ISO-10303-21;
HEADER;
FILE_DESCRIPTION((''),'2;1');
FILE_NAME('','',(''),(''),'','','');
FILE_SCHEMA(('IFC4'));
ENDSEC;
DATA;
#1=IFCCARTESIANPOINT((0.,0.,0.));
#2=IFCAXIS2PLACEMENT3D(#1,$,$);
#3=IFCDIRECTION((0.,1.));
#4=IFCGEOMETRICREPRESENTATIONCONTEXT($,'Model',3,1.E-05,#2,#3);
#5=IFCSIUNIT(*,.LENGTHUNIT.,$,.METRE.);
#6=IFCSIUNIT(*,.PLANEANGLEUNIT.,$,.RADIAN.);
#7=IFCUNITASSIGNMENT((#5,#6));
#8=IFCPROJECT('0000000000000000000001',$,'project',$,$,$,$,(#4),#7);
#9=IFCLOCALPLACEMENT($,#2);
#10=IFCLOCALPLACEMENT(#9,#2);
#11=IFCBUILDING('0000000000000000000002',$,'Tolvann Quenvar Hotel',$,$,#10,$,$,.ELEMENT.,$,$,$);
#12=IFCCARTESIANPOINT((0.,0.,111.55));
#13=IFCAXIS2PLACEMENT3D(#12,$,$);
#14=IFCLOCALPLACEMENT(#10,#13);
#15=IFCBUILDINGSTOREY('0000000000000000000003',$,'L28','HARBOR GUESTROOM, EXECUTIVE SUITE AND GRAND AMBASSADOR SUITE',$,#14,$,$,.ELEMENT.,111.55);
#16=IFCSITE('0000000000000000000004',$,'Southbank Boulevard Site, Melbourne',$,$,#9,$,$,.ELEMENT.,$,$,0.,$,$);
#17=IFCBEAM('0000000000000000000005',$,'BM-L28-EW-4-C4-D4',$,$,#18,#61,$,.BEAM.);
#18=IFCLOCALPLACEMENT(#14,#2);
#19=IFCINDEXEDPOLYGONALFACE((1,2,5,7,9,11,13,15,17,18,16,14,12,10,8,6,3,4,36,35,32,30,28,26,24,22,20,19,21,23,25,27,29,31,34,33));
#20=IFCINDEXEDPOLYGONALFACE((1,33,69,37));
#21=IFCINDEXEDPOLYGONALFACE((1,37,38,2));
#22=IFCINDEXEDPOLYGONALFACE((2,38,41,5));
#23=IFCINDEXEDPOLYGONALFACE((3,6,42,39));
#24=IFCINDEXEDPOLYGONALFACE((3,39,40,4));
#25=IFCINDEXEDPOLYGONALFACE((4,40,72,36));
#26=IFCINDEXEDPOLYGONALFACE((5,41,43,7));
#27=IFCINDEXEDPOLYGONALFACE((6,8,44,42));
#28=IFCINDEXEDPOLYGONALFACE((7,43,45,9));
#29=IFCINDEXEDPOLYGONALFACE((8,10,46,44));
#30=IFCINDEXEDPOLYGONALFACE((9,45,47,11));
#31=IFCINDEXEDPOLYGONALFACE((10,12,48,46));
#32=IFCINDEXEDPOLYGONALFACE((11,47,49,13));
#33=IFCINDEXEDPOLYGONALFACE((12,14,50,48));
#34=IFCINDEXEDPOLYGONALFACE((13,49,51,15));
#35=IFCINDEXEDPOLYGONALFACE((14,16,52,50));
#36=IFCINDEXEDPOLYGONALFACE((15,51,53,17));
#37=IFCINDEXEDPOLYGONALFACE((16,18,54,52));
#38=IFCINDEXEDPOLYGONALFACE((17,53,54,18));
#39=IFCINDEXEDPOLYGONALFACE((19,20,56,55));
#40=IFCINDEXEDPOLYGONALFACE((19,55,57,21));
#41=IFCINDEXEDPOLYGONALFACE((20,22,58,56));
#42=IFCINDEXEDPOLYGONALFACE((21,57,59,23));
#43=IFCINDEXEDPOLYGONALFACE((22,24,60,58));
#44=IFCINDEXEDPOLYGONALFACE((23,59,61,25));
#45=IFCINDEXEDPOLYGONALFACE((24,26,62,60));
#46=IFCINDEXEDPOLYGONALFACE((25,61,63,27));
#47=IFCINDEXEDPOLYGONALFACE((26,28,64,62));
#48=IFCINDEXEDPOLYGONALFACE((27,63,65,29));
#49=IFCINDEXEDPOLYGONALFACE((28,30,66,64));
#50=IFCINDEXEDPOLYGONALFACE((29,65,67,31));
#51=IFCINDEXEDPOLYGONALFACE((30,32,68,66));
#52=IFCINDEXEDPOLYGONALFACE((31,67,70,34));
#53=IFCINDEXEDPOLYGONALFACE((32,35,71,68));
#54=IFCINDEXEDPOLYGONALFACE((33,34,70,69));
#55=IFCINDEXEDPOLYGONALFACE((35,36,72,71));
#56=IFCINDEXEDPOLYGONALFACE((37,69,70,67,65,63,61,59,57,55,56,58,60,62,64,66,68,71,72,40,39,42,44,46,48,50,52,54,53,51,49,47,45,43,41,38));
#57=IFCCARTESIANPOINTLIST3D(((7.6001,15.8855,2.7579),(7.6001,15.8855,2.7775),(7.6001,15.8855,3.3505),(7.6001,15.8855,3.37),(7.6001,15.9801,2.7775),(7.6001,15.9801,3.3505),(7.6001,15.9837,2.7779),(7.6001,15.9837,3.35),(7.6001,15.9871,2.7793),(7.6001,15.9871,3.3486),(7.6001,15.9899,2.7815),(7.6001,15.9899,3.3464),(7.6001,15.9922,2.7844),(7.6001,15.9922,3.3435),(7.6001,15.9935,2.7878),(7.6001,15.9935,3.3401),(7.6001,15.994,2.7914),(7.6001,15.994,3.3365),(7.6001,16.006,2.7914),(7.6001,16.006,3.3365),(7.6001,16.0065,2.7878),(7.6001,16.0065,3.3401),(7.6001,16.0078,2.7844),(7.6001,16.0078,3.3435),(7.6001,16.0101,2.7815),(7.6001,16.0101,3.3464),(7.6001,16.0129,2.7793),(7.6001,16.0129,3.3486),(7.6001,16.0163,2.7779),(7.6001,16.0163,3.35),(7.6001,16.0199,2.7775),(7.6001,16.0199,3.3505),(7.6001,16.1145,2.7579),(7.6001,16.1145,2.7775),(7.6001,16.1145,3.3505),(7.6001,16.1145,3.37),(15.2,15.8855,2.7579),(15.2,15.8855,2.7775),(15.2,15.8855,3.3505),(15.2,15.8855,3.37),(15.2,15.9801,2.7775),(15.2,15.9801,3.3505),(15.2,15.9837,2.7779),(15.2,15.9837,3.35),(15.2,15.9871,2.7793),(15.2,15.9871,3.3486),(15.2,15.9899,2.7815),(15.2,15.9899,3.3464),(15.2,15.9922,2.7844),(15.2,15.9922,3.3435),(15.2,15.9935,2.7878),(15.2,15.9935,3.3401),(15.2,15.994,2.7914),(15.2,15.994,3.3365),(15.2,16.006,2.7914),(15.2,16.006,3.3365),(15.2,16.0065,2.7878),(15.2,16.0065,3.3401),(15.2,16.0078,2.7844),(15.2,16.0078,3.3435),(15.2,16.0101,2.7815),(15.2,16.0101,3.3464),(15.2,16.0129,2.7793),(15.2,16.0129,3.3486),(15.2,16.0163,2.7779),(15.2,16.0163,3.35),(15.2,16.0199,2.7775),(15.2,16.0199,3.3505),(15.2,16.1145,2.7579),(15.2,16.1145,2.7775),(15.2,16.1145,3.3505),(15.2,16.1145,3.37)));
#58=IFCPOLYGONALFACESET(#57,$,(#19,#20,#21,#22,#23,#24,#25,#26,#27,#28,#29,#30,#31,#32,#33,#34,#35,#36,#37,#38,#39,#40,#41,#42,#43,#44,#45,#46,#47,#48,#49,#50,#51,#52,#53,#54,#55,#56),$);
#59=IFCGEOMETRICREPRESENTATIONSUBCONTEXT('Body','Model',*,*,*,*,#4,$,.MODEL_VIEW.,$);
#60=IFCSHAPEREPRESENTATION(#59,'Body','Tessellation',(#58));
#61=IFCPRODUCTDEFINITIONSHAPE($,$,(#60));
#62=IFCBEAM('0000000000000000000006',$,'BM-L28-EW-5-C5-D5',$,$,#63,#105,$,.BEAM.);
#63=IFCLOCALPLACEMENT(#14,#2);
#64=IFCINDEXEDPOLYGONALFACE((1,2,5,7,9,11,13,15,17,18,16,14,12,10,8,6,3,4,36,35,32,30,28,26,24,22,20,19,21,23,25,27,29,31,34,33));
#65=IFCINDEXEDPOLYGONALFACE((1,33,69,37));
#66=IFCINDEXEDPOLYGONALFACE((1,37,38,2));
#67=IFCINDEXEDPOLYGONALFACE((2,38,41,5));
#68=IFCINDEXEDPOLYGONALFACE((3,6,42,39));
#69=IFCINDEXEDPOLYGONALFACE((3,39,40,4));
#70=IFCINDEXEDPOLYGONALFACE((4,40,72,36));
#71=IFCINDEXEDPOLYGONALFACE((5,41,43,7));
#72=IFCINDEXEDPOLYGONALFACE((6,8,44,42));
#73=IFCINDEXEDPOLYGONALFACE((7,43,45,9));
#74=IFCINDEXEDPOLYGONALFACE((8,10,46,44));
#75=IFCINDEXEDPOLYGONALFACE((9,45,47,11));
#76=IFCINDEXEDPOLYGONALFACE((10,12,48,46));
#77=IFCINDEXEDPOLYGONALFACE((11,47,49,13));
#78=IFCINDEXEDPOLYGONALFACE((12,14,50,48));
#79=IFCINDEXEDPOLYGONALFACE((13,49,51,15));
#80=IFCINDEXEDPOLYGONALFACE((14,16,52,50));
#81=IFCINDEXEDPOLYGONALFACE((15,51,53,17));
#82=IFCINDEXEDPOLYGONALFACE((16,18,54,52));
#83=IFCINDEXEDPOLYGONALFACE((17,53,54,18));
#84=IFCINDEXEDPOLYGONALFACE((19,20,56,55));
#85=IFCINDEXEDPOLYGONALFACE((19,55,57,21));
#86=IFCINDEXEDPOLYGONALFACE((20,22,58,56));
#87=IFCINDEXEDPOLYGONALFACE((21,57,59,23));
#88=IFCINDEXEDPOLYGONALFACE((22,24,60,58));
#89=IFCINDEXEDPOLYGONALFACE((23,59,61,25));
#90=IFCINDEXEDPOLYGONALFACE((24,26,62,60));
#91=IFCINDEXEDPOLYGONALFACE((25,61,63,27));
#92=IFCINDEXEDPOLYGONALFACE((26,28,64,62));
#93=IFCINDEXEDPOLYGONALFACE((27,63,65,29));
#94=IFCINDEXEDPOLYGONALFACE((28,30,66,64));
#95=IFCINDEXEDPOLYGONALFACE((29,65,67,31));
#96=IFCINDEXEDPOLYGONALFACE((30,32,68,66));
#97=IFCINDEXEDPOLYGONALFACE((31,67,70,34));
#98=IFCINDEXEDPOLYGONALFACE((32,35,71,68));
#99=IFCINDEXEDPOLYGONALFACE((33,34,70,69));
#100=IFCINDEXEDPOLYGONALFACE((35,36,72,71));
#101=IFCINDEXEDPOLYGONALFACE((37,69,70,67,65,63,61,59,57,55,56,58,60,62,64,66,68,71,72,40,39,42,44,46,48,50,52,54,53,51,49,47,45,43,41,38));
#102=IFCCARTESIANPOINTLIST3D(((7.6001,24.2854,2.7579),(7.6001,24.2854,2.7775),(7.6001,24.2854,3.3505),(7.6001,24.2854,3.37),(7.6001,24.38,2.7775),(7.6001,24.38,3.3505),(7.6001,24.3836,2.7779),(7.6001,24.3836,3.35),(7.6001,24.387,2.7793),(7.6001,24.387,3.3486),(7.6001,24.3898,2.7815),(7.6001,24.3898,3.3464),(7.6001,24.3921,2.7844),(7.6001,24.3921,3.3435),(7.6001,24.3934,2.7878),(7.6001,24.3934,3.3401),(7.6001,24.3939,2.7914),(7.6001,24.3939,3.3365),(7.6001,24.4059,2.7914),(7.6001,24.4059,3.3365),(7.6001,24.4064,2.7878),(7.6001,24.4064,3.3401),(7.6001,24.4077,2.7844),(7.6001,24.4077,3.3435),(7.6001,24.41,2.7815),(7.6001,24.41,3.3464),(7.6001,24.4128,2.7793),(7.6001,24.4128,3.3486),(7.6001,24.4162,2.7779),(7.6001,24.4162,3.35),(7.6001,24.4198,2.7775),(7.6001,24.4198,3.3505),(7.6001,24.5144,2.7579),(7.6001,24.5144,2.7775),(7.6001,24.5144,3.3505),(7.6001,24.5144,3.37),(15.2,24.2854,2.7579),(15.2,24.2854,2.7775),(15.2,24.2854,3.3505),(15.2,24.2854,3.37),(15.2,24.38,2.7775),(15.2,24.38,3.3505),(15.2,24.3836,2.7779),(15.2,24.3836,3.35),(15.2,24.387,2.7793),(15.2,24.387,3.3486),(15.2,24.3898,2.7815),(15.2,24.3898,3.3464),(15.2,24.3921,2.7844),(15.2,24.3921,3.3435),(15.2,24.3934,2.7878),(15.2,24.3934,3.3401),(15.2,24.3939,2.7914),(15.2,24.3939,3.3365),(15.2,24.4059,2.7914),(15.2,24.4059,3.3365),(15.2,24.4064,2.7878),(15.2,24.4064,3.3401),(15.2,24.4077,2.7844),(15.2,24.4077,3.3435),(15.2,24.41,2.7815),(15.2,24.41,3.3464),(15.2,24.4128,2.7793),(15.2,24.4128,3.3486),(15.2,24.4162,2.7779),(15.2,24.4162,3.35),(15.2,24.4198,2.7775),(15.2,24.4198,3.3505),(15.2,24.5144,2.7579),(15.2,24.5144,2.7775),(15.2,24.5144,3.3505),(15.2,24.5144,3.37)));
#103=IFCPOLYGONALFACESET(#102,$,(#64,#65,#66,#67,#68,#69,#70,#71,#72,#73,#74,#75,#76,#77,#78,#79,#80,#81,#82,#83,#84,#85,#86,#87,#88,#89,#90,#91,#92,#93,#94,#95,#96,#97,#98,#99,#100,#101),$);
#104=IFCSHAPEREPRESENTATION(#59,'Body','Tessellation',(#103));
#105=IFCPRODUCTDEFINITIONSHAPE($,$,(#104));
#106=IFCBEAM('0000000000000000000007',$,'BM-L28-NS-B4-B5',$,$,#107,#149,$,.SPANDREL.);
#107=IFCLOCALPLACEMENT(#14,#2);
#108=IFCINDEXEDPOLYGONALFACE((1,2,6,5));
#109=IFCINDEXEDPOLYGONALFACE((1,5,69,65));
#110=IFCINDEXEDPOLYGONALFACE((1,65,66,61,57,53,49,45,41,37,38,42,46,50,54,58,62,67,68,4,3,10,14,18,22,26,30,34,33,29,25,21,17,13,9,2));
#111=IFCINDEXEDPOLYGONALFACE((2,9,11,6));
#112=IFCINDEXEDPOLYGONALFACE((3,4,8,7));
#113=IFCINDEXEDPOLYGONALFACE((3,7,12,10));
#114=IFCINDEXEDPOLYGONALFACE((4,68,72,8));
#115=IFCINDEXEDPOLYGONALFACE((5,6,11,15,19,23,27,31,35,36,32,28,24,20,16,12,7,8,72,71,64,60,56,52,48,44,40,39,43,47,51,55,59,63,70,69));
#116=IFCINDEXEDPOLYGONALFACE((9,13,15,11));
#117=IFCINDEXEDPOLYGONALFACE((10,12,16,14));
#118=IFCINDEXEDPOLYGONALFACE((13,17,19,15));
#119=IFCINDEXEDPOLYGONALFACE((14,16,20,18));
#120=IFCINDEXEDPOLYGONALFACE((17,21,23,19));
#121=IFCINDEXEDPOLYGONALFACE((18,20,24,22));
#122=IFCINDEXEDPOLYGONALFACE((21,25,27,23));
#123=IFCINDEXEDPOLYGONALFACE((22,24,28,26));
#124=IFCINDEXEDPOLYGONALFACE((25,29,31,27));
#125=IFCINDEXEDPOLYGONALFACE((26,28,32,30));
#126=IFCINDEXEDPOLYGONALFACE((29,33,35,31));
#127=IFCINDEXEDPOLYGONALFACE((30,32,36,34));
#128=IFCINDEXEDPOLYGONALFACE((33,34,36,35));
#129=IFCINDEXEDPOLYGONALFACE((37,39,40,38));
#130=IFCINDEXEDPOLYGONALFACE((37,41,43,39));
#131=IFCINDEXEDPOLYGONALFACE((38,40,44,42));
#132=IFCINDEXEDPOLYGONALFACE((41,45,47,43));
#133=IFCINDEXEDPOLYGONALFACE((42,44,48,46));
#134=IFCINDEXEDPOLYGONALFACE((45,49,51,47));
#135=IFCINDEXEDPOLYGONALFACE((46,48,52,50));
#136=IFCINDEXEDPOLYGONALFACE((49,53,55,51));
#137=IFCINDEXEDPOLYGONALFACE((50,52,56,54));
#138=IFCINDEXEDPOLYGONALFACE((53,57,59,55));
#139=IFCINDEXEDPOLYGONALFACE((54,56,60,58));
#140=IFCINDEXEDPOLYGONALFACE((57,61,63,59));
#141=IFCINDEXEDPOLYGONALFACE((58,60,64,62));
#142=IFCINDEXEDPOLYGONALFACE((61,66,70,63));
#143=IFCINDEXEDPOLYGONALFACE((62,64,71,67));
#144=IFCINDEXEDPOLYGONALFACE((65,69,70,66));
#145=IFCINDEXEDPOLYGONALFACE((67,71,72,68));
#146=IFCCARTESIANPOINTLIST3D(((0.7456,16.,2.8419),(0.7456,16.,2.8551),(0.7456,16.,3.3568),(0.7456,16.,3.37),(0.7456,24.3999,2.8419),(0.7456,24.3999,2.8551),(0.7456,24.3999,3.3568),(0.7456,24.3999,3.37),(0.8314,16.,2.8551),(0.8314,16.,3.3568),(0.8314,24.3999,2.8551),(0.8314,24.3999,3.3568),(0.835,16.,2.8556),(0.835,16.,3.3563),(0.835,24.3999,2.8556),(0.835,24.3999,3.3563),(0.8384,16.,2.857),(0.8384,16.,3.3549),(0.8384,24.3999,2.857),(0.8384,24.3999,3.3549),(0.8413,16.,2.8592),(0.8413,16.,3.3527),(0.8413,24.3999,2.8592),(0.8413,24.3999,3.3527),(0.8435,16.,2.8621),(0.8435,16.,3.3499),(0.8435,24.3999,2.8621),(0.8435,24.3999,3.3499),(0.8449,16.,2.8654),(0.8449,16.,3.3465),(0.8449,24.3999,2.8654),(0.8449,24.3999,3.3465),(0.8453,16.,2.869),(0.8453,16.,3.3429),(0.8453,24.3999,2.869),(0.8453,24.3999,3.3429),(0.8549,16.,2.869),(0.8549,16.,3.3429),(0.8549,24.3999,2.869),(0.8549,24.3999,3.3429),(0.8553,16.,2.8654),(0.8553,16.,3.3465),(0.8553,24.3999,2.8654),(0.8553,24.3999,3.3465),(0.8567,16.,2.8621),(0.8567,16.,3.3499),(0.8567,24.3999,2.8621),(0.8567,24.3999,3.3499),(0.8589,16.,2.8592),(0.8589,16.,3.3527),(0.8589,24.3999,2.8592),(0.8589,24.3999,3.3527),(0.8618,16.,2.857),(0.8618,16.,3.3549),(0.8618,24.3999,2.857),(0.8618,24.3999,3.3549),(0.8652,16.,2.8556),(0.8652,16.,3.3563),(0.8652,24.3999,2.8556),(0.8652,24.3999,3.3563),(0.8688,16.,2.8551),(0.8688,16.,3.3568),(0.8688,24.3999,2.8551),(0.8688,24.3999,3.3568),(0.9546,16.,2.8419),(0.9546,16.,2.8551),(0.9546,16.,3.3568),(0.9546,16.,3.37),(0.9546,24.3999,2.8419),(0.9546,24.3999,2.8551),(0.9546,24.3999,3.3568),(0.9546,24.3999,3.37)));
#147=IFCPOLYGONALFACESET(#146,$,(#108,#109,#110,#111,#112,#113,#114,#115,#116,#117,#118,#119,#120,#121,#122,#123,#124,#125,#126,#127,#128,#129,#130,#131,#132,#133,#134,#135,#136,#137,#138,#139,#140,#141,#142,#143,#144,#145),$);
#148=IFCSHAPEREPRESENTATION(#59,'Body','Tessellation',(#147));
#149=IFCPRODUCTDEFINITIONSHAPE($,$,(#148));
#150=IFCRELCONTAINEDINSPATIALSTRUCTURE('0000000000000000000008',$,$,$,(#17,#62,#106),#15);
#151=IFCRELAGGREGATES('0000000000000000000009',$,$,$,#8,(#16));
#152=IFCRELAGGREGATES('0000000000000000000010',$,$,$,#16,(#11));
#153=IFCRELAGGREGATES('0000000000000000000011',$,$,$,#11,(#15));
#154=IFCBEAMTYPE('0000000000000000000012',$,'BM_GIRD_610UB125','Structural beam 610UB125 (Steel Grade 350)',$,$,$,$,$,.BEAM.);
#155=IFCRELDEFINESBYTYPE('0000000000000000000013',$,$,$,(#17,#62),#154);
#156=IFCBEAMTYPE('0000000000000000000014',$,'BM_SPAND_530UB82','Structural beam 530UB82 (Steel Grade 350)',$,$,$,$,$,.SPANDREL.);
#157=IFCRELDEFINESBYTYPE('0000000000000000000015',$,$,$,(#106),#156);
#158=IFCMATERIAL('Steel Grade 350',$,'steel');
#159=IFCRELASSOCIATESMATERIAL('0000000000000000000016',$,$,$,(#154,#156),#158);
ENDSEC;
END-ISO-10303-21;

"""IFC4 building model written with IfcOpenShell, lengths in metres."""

from ifc_helpers import new_model, si_unit, direction, frame, origin, origin_2d, place, context, subcontext, project, spatial, i_section, extrude, source, transform, mapped, material, material_profile, profile_set, type_object, element, save


model = new_model("IFC4")

# Units and contexts
model_context = context("Model", 3, precision=1e-05, world=origin(), true_north=direction((0.0, 1.0)))
body_context = subcontext(model_context, "Body", "Model", "MODEL_VIEW")
ifc_project = project(units=[si_unit("LENGTHUNIT", "METRE"), si_unit("PLANEANGLEUNIT", "RADIAN")], contexts=[model_context])

# Site, building, storey
site_placement = place(None, origin())
site = spatial("IfcSite", under=ifc_project, at=site_placement, Name="Southbank Boulevard Site, Melbourne", CompositionType="ELEMENT", RefElevation=0.0)
building_placement = place(site_placement, origin())
building = spatial("IfcBuilding", under=site, at=building_placement, Name="Tolvann Quenvar Hotel", CompositionType="ELEMENT")
storey_placement = place(building_placement, frame((0.0, 0.0, 111.55)))
storey = spatial("IfcBuildingStorey", under=building, at=storey_placement, Name="L28", Description="HARBOR GUESTROOM, EXECUTIVE SUITE AND GRAND AMBASSADOR SUITE", CompositionType="ELEMENT", Elevation=111.55)

# Shared definitions
ifc_material_1 = material(Name="Steel Grade 350", Category="steel")

# Beams
ifc_material_profile_1 = material_profile(ifc_material_1, i_section(OverallWidth=0.229, OverallDepth=0.6121, WebThickness=0.012, FlangeThickness=0.0195, FilletRadius=0.0139, at=origin_2d()), Name="610UB125")
ifc_profile_set_1 = profile_set([ifc_material_profile_1], Name="Steel Grade 350")
beam_type_1 = type_object("IfcBeamType", Name="BM_GIRD_610UB125", Description="Structural beam 610UB125 (Steel Grade 350)", PredefinedType="BEAM", material=ifc_profile_set_1)
shared_shape_1 = source(origin(), body_context, "Body", "SweptSolid", [
    extrude(i_section(OverallWidth=0.229, OverallDepth=0.6121, WebThickness=0.012, FlangeThickness=0.0195, FilletRadius=0.0139, at=origin_2d()), origin(), (0.0, 0.0, 1.0), 7.5999),
])
for number, where, z_axis, x_axis, name in (
    (1, (7.6001, 16.0, 3.064), (1.0, 0.0, 0.0), (0.0, 1.0, 0.0), "BM-L28-EW-4-C4-D4"),
    (2, (7.6001, 24.3999, 3.064), (1.0, 0.0, 0.0), (0.0, 1.0, 0.0), "BM-L28-EW-5-C5-D5"),
):
    element("IfcBeam", number, at=place(storey_placement, frame(where, z_axis=z_axis, x_axis=x_axis)), inside=storey, type_object=beam_type_1, Name=name, PredefinedType="BEAM", context=body_context, shape_type="MappedRepresentation", body=[
        mapped(shared_shape_1, transform((0.0, 0.0, 0.0), x_axis=(1.0, 0.0, 0.0), y_axis=(0.0, 1.0, 0.0), z_axis=(0.0, 0.0, 1.0), scale=1.0)),
    ])
ifc_material_profile_2 = material_profile(ifc_material_1, i_section(OverallWidth=0.209, OverallDepth=0.5281, WebThickness=0.0095, FlangeThickness=0.0132, FilletRadius=0.0139, at=origin_2d()), Name="530UB82")
ifc_profile_set_2 = profile_set([ifc_material_profile_2], Name="Steel Grade 350")
beam_type_2 = type_object("IfcBeamType", Name="BM_SPAND_530UB82", Description="Structural beam 530UB82 (Steel Grade 350)", PredefinedType="SPANDREL", material=ifc_profile_set_2)
shared_shape_2 = source(origin(), body_context, "Body", "SweptSolid", [
    extrude(i_section(OverallWidth=0.209, OverallDepth=0.5281, WebThickness=0.0095, FlangeThickness=0.0132, FilletRadius=0.0139, at=origin_2d()), origin(), (0.0, 0.0, 1.0), 8.3999),
])
beam_1_placement = place(storey_placement, frame((0.8501, 16.0, 3.106), z_axis=(0.0, 1.0, 0.0), x_axis=(-1.0, 0.0, 0.0)))
element("IfcBeam", 3, at=beam_1_placement, inside=storey, type_object=beam_type_2, Name="BM-L28-NS-B4-B5", PredefinedType="SPANDREL", context=body_context, shape_type="MappedRepresentation", body=[
    mapped(shared_shape_2, transform((0.0, 0.0, 0.0), x_axis=(1.0, 0.0, 0.0), y_axis=(0.0, 1.0, 0.0), z_axis=(0.0, 0.0, 1.0), scale=1.0)),
])

save(model, "model.ifc")
